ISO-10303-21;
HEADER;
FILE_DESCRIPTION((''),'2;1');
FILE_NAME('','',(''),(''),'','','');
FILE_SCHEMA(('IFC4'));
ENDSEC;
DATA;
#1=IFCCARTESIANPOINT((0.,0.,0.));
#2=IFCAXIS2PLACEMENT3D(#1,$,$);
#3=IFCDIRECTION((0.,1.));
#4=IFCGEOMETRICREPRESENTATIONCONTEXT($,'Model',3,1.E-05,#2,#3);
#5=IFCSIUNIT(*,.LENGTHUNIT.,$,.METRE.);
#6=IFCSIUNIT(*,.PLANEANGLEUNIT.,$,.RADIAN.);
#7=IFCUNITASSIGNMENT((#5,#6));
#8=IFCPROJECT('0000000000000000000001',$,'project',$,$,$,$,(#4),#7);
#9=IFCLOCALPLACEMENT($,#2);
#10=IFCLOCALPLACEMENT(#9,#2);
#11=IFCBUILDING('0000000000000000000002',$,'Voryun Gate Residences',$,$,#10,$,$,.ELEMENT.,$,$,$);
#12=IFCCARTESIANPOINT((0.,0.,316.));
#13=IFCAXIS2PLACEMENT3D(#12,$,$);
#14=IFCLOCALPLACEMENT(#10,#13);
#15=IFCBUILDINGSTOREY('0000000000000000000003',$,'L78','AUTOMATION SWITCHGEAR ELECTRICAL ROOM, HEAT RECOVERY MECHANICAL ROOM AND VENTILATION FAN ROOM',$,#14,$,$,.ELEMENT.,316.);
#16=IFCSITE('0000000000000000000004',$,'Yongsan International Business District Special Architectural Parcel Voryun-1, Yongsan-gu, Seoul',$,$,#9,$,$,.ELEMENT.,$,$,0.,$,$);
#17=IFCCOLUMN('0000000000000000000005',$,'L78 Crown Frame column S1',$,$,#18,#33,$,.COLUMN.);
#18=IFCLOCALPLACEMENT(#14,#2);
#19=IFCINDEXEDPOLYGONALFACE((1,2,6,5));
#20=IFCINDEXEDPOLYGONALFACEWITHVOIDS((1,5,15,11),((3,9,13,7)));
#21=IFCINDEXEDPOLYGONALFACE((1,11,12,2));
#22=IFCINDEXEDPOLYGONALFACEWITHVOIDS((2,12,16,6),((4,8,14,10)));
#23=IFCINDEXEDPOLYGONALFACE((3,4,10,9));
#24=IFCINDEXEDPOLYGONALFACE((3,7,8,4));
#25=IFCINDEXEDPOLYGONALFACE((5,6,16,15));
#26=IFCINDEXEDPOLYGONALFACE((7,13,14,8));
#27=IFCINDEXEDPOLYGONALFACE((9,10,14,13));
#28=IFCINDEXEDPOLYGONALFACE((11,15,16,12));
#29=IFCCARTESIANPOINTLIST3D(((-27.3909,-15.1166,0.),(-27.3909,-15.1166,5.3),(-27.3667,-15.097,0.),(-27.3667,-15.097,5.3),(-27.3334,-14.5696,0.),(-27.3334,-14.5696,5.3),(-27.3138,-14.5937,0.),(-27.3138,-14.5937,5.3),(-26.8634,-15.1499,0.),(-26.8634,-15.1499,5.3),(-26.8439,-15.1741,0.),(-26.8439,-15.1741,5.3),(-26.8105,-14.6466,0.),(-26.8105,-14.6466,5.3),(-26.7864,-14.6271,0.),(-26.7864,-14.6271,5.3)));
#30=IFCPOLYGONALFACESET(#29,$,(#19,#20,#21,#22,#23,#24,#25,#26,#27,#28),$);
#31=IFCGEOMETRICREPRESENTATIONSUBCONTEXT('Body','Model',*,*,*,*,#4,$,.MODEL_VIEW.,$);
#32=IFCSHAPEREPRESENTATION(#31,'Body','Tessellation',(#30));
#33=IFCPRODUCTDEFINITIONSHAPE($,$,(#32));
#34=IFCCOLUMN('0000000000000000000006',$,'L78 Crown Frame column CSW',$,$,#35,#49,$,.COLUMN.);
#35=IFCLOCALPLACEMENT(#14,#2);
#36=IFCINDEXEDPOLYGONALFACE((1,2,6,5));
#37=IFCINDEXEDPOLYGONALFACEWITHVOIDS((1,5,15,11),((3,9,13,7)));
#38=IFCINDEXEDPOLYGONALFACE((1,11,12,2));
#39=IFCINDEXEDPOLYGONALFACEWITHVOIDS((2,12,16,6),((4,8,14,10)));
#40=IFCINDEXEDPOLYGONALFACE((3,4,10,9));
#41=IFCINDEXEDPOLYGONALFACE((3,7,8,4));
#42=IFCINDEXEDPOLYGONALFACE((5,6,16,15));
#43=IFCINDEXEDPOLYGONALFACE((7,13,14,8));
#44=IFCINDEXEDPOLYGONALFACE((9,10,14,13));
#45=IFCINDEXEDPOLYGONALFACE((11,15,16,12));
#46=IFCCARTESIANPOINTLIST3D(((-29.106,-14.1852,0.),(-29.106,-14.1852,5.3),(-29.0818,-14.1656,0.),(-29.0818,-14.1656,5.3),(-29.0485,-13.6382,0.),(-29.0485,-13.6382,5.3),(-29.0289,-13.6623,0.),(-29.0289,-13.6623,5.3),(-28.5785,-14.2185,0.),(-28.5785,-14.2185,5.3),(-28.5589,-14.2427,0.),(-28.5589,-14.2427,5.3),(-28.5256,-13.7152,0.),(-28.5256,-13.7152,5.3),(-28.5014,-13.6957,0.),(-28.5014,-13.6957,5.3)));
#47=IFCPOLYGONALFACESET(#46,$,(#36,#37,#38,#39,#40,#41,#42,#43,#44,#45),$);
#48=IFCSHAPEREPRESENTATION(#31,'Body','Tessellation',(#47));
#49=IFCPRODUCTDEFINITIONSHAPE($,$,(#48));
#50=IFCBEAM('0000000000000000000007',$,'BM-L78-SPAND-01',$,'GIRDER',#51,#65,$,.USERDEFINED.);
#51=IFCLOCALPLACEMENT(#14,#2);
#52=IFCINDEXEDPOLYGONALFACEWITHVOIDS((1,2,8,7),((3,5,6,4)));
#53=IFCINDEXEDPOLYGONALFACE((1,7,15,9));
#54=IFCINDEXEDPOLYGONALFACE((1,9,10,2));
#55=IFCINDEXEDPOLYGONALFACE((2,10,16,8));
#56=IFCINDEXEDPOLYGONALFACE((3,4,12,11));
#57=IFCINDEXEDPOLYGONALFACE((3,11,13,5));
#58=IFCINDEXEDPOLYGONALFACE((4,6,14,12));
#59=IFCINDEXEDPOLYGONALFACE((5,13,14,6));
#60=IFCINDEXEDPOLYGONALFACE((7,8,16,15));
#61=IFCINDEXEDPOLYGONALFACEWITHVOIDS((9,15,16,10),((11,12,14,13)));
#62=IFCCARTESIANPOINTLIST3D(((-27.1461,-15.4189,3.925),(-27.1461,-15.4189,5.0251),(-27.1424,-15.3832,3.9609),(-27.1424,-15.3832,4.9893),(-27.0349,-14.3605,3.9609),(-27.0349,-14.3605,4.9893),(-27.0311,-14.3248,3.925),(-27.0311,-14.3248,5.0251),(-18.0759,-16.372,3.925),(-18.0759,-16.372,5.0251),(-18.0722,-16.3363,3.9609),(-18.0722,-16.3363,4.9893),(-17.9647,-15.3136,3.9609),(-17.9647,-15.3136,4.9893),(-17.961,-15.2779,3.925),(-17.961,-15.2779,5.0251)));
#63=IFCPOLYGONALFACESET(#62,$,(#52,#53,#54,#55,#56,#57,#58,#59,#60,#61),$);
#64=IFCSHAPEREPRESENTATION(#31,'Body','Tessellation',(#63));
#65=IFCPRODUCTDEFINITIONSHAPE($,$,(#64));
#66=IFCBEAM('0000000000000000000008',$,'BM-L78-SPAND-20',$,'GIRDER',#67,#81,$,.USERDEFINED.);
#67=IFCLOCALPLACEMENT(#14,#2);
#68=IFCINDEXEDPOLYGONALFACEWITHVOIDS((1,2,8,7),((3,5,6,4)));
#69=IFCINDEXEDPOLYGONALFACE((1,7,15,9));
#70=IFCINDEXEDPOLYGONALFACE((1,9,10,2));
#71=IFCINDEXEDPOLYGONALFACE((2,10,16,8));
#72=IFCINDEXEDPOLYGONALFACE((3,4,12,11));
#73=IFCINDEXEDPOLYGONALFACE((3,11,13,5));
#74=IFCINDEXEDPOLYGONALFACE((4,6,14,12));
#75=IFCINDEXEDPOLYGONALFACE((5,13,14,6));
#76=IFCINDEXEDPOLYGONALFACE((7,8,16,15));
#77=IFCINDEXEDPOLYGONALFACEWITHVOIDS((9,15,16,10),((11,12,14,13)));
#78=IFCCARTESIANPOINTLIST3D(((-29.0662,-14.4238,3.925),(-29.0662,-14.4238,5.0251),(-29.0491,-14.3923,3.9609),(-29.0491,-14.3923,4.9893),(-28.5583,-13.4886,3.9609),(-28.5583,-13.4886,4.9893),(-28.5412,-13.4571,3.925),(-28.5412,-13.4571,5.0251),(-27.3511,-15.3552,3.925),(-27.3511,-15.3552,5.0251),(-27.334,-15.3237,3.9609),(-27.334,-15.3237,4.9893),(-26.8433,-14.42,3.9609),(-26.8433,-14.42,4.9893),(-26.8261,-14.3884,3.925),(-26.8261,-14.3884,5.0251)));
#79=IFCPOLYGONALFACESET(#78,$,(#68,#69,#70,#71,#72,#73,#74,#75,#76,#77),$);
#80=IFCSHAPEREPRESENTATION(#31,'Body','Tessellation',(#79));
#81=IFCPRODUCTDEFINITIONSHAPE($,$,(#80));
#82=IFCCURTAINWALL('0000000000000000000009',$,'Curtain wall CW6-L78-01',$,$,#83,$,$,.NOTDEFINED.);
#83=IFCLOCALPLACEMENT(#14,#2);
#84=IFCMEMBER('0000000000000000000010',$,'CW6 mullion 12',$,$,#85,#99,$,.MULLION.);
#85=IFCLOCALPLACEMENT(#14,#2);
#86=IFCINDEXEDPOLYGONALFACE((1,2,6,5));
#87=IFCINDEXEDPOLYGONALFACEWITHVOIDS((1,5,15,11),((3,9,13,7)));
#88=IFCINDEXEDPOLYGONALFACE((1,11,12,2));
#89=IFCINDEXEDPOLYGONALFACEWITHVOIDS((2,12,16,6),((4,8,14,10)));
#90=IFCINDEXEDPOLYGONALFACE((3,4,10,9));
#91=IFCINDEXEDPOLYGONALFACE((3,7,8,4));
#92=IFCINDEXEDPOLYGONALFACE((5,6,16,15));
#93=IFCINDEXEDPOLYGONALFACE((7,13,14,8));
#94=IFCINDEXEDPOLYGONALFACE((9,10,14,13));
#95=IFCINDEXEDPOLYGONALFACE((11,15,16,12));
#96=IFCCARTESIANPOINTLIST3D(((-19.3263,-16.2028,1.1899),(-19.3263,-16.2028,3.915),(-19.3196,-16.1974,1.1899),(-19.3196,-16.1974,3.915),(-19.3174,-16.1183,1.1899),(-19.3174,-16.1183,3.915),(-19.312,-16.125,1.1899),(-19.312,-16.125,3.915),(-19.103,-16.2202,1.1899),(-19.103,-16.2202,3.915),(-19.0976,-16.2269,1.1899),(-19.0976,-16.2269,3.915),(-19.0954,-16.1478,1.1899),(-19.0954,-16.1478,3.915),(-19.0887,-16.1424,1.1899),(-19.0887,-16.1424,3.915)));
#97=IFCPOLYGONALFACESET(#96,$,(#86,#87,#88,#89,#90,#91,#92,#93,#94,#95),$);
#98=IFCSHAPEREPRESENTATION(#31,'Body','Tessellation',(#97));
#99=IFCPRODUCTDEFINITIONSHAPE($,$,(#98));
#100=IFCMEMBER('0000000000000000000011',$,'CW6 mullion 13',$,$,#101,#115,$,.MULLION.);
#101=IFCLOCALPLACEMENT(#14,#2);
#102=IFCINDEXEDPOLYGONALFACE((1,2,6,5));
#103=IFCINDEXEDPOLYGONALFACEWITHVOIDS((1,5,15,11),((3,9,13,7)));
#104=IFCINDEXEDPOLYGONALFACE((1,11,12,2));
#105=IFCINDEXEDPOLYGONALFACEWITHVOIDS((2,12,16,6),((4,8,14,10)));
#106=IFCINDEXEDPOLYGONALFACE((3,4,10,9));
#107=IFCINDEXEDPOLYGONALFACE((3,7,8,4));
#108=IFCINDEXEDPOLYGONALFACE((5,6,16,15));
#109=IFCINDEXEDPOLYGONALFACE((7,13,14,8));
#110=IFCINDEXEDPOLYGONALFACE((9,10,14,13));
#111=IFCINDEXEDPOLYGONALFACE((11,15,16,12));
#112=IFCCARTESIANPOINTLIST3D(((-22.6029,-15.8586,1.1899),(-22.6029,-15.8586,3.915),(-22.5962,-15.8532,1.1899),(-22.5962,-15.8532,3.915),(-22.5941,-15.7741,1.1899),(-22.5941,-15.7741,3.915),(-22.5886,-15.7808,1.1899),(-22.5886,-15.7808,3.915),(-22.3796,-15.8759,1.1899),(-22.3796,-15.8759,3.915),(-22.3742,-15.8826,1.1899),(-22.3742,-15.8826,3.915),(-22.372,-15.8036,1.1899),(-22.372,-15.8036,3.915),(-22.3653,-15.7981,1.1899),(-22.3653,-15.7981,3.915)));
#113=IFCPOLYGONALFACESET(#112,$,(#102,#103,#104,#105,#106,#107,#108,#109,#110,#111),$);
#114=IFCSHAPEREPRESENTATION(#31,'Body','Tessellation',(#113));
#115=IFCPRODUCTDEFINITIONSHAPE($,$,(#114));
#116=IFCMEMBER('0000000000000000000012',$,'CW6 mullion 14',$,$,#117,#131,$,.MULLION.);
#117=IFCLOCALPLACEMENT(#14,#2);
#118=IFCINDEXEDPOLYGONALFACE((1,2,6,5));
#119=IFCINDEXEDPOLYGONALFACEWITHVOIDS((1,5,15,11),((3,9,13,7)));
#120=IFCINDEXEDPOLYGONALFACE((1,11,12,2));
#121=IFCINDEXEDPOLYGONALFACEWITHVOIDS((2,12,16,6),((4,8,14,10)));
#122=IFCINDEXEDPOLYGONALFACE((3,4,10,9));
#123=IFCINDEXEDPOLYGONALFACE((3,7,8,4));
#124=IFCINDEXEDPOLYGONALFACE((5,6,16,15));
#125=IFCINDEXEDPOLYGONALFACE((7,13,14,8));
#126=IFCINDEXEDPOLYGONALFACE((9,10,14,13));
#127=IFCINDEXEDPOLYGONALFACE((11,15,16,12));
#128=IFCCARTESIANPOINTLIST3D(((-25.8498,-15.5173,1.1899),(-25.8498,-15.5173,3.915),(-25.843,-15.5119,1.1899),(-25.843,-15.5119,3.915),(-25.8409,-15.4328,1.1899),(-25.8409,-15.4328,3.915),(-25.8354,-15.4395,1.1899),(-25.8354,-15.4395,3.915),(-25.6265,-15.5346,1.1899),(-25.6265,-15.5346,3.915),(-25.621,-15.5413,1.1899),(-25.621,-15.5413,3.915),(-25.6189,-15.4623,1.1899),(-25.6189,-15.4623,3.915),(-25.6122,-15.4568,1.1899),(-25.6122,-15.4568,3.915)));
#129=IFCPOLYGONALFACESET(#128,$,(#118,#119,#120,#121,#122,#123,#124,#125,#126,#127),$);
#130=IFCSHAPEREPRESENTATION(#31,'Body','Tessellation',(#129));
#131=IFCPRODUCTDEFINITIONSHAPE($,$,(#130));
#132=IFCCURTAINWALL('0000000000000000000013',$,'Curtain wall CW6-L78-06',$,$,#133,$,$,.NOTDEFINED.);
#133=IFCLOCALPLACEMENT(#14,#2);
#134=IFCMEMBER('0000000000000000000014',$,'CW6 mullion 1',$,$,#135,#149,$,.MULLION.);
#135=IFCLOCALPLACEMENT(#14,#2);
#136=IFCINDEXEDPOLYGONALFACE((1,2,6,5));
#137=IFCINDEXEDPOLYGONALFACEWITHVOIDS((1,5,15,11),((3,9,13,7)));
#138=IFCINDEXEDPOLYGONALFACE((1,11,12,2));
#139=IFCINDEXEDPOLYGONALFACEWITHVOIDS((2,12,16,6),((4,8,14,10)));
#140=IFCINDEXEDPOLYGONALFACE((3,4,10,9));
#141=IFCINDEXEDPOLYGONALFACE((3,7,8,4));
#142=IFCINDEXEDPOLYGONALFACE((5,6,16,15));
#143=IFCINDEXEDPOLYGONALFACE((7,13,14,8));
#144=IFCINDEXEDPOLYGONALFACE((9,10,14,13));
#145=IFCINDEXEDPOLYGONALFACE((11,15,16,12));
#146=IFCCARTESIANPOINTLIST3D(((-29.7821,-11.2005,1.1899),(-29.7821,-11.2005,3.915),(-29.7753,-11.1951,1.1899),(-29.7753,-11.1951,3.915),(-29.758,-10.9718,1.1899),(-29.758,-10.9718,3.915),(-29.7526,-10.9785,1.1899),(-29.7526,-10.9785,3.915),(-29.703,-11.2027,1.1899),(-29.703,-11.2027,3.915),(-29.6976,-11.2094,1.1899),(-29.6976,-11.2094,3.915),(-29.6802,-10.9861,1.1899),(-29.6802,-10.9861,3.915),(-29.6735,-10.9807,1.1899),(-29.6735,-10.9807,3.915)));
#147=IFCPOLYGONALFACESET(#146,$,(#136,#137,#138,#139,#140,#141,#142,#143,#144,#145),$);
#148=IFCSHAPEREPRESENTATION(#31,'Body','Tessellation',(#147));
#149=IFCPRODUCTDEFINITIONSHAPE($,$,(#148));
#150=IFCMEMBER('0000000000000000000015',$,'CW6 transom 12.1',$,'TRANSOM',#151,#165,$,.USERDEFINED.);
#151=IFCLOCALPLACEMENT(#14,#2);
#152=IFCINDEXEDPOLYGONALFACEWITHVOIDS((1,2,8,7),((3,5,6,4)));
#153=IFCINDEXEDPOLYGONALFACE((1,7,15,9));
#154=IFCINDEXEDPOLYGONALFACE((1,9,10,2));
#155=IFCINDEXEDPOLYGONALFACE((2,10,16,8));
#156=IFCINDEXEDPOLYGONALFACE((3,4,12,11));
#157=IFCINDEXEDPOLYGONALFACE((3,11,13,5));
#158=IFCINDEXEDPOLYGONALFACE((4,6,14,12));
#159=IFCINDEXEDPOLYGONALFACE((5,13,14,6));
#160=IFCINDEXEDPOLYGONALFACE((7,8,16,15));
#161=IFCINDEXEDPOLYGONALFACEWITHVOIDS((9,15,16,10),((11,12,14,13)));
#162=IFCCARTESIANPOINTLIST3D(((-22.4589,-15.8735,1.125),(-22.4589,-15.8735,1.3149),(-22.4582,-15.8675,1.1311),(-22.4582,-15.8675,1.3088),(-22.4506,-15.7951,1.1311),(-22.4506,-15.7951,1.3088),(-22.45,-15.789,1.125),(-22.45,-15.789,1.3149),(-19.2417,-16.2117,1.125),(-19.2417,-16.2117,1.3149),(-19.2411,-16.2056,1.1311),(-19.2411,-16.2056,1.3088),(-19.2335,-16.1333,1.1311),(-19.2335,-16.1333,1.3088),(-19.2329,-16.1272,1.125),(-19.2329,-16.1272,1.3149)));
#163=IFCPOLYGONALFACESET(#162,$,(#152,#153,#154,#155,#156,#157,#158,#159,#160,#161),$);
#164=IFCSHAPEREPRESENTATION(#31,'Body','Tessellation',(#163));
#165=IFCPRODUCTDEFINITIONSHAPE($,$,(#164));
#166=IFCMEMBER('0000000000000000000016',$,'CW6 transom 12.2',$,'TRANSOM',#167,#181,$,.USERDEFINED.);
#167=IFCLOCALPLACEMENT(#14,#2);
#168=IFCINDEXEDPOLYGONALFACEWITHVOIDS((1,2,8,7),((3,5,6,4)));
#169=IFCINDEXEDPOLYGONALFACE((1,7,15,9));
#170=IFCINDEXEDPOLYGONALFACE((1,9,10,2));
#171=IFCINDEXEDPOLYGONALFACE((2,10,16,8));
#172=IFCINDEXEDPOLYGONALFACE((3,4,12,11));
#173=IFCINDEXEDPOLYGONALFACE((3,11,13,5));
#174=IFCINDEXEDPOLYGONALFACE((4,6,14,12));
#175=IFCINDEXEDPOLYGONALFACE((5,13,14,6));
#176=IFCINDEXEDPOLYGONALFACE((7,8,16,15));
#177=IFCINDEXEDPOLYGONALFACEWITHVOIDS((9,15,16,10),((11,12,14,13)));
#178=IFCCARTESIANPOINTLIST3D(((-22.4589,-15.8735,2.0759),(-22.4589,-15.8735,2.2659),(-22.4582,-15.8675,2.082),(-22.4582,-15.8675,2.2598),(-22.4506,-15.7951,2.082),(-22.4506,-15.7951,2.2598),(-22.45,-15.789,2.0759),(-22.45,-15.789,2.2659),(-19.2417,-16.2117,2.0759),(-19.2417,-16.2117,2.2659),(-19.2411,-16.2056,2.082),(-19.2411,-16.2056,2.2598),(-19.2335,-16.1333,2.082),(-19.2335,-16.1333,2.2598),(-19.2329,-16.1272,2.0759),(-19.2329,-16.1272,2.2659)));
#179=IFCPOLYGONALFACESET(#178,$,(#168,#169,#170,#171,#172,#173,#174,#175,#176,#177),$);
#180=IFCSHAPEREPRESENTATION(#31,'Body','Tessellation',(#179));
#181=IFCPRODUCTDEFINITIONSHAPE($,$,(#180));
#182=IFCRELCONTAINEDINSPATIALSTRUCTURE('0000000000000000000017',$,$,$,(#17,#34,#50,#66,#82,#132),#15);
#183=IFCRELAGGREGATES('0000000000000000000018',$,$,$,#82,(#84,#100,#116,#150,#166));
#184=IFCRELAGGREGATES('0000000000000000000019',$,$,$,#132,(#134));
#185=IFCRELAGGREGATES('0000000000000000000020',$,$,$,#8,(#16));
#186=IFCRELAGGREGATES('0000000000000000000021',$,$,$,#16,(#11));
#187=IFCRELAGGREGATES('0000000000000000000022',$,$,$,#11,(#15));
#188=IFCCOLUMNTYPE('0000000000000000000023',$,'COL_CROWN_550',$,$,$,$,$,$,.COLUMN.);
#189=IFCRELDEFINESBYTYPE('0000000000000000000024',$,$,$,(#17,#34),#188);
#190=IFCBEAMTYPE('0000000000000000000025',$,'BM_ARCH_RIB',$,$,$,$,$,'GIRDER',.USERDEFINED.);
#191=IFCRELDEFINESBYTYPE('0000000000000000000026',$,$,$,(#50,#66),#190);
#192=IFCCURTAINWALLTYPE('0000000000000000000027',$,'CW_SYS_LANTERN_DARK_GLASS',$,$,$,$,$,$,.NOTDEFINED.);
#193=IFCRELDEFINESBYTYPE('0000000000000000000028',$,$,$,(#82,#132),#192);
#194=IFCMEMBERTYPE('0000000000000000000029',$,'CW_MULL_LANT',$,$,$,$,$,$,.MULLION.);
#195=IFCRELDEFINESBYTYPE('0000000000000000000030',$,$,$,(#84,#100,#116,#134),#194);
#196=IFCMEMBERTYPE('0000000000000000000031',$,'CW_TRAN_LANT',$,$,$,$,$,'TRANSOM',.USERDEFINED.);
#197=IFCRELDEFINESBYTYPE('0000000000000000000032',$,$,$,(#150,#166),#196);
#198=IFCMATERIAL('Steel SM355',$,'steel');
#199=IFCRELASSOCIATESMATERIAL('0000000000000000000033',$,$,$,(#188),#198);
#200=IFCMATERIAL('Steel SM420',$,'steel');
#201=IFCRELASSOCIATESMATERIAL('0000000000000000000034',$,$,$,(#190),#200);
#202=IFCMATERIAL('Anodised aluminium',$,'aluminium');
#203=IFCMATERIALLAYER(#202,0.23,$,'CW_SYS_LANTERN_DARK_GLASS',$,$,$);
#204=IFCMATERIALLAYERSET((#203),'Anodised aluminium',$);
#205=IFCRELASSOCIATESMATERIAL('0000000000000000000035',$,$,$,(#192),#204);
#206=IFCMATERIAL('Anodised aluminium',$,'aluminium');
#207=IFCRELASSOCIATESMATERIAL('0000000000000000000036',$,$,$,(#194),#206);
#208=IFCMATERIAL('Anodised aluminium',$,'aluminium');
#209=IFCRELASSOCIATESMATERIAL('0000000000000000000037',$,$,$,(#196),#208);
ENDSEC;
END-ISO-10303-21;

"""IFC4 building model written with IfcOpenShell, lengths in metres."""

from ifc_helpers import new_model, si_unit, direction, frame, origin, origin_2d, place, context, subcontext, project, spatial, hollow_rectangle, extrude, material, layer, layer_set, material_profile, profile_set, type_object, element, aggregate, save


model = new_model("IFC4")

# Units and contexts
model_context = context("Model", 3, precision=1e-05, world=origin(), true_north=direction((0.0, 1.0)))
body_context = subcontext(model_context, "Body", "Model", "MODEL_VIEW")
ifc_project = project(units=[si_unit("LENGTHUNIT", "METRE"), si_unit("PLANEANGLEUNIT", "RADIAN")], contexts=[model_context])

# Site, building, storey
site_placement = place(None, origin())
site = spatial("IfcSite", under=ifc_project, at=site_placement, Name="Yongsan International Business District Special Architectural Parcel Voryun-1, Yongsan-gu, Seoul", CompositionType="ELEMENT", RefElevation=0.0)
building_placement = place(site_placement, origin())
building = spatial("IfcBuilding", under=site, at=building_placement, Name="Voryun Gate Residences", CompositionType="ELEMENT")
storey_placement = place(building_placement, frame((0.0, 0.0, 316.0)))
storey = spatial("IfcBuildingStorey", under=building, at=storey_placement, Name="L78", Description="AUTOMATION SWITCHGEAR ELECTRICAL ROOM, HEAT RECOVERY MECHANICAL ROOM AND VENTILATION FAN ROOM", CompositionType="ELEMENT", Elevation=316.0)

# Columns
ifc_material_1 = material(Name="Steel SM355", Category="steel")
ifc_material_profile_1 = material_profile(ifc_material_1, hollow_rectangle(XDim=0.55, YDim=0.55, WallThickness=0.022, at=origin_2d()), Name="BOX-550x550x22")
ifc_profile_set_1 = profile_set([ifc_material_profile_1], Name="Steel SM355")
column_type = type_object("IfcColumnType", Name="COL_CROWN_550", PredefinedType="COLUMN", material=ifc_profile_set_1)
for number, where, z_axis, x_axis, name in (
    (1, (-27.0886, -14.8718, 0.0), (0.0, 0.0, 1.0), (0.994522, -0.104528, 0.0), "L78 Crown Frame column S1"),
    (2, (-28.8037, -13.9404, 0.0), (0.0, 0.0, 1.0), (0.994522, -0.104528, 0.0), "L78 Crown Frame column CSW"),
):
    element("IfcColumn", number, at=place(storey_placement, frame(where, z_axis=z_axis, x_axis=x_axis)), inside=storey, type_object=column_type, Name=name, PredefinedType="COLUMN", context=body_context, shape_type="SweptSolid", body=[
        extrude(hollow_rectangle(XDim=0.55, YDim=0.55, WallThickness=0.022, at=origin_2d()), origin(), (0.0, 0.0, 1.0), 5.3),
    ])

# Beams
ifc_material_2 = material(Name="Steel SM420", Category="steel")
ifc_material_profile_2 = material_profile(ifc_material_2, hollow_rectangle(XDim=1.1001, YDim=1.1001, WallThickness=0.0359, at=origin_2d()), Name="BOX-1100x1100x36")
ifc_profile_set_2 = profile_set([ifc_material_profile_2], Name="Steel SM420")
beam_type = type_object("IfcBeamType", Name="BM_ARCH_RIB", ElementType="GIRDER", PredefinedType="USERDEFINED", material=ifc_profile_set_2)
beam_1_placement = place(storey_placement, frame((-27.0886, -14.8718, 4.4751), z_axis=(0.994524, -0.104509, 0.0), x_axis=(0.104509, 0.994524, 0.0)))
element("IfcBeam", 3, at=beam_1_placement, inside=storey, type_object=beam_type, Name="BM-L78-SPAND-01", ObjectType="GIRDER", PredefinedType="USERDEFINED", context=body_context, shape_type="SweptSolid", body=[
    extrude(hollow_rectangle(XDim=1.1001, YDim=1.1001, WallThickness=0.0359, at=origin_2d()), origin(), (0.0, 0.0, 1.0), 9.1201),
])
beam_2_placement = place(storey_placement, frame((-28.8037, -13.9404, 4.4751), z_axis=(0.878778, -0.47723, 0.0), x_axis=(0.47723, 0.878778, 0.0)))
element("IfcBeam", 4, at=beam_2_placement, inside=storey, type_object=beam_type, Name="BM-L78-SPAND-20", ObjectType="GIRDER", PredefinedType="USERDEFINED", context=body_context, shape_type="SweptSolid", body=[
    extrude(hollow_rectangle(XDim=1.1001, YDim=1.1001, WallThickness=0.0359, at=origin_2d()), origin(), (0.0, 0.0, 1.0), 1.9517),
])

# Curtain wall, members
ifc_material_3 = material(Name="Anodised aluminium", Category="aluminium")
ifc_layer_1 = layer(ifc_material_3, 0.23, Name="CW_SYS_LANTERN_DARK_GLASS")
ifc_layer_set_1 = layer_set([ifc_layer_1], Name="Anodised aluminium")
curtain_wall_type = type_object("IfcCurtainWallType", Name="CW_SYS_LANTERN_DARK_GLASS", PredefinedType="NOTDEFINED", material=ifc_layer_set_1)
curtain_wall_1_placement = place(storey_placement, origin())
curtain_wall_1 = element("IfcCurtainWall", 5, at=curtain_wall_1_placement, inside=storey, type_object=curtain_wall_type, Name="Curtain wall CW6-L78-01", PredefinedType="NOTDEFINED")
ifc_material_4 = material(Name="Anodised aluminium", Category="aluminium")
ifc_material_profile_3 = material_profile(ifc_material_4, hollow_rectangle(XDim=0.085, YDim=0.23, WallThickness=0.0061, at=origin_2d()), Name="ALU-MULL-230x85x6")
ifc_profile_set_3 = profile_set([ifc_material_profile_3], Name="Anodised aluminium")
member_type_1 = type_object("IfcMemberType", Name="CW_MULL_LANT", PredefinedType="MULLION", material=ifc_profile_set_3)
member_1_placement = place(storey_placement, frame((-19.2075, -16.1726, 1.1899), z_axis=(0.0, 0.0, 1.0), x_axis=(-0.104528, -0.994522, 0.0)))
member_1 = element("IfcMember", 6, at=member_1_placement, type_object=member_type_1, Name="CW6 mullion 12", PredefinedType="MULLION", context=body_context, shape_type="SweptSolid", body=[
    extrude(hollow_rectangle(XDim=0.085, YDim=0.23, WallThickness=0.0061, at=origin_2d()), origin(), (0.0, 0.0, 1.0), 2.7251),
])
member_2_placement = place(storey_placement, frame((-22.4841, -15.8284, 1.1899), z_axis=(0.0, 0.0, 1.0), x_axis=(-0.104528, -0.994522, 0.0)))
member_2 = element("IfcMember", 7, at=member_2_placement, type_object=member_type_1, Name="CW6 mullion 13", PredefinedType="MULLION", context=body_context, shape_type="SweptSolid", body=[
    extrude(hollow_rectangle(XDim=0.085, YDim=0.23, WallThickness=0.0061, at=origin_2d()), origin(), (0.0, 0.0, 1.0), 2.7251),
])
member_3_placement = place(storey_placement, frame((-25.731, -15.4871, 1.1899), z_axis=(0.0, 0.0, 1.0), x_axis=(-0.104528, -0.994522, 0.0)))
member_3 = element("IfcMember", 8, at=member_3_placement, type_object=member_type_1, Name="CW6 mullion 14", PredefinedType="MULLION", context=body_context, shape_type="SweptSolid", body=[
    extrude(hollow_rectangle(XDim=0.085, YDim=0.23, WallThickness=0.0061, at=origin_2d()), origin(), (0.0, 0.0, 1.0), 2.7251),
])

# Curtain wall, member
curtain_wall_2_placement = place(storey_placement, origin())
curtain_wall_2 = element("IfcCurtainWall", 9, at=curtain_wall_2_placement, inside=storey, type_object=curtain_wall_type, Name="Curtain wall CW6-L78-06", PredefinedType="NOTDEFINED")
member_4_placement = place(storey_placement, frame((-29.7278, -11.0906, 1.1899), z_axis=(0.0, 0.0, 1.0), x_axis=(-0.994522, 0.104528, 0.0)))
member_4 = element("IfcMember", 10, at=member_4_placement, type_object=member_type_1, Name="CW6 mullion 1", PredefinedType="MULLION", context=body_context, shape_type="SweptSolid", body=[
    extrude(hollow_rectangle(XDim=0.085, YDim=0.23, WallThickness=0.0061, at=origin_2d()), origin(), (0.0, 0.0, 1.0), 2.7251),
])

# Members
ifc_material_5 = material(Name="Anodised aluminium", Category="aluminium")
ifc_material_profile_4 = material_profile(ifc_material_5, hollow_rectangle(XDim=0.085, YDim=0.1899, WallThickness=0.0061, at=origin_2d()), Name="ALU-TRAN-190x85x6")
ifc_profile_set_4 = profile_set([ifc_material_profile_4], Name="Anodised aluminium")
member_type_2 = type_object("IfcMemberType", Name="CW_TRAN_LANT", ElementType="TRANSOM", PredefinedType="USERDEFINED", material=ifc_profile_set_4)
member_5_placement = place(storey_placement, frame((-19.2373, -16.1694, 1.22), z_axis=(-0.994522, 0.104532, 0.0), x_axis=(-0.104532, -0.994522, 0.0)))
member_5 = element("IfcMember", 11, at=member_5_placement, type_object=member_type_2, Name="CW6 transom 12.1", ObjectType="TRANSOM", PredefinedType="USERDEFINED", context=body_context, shape_type="SweptSolid", body=[
    extrude(hollow_rectangle(XDim=0.085, YDim=0.1899, WallThickness=0.0061, at=origin_2d()), origin(), (0.0, 0.0, 1.0), 3.2349),
])
member_6_placement = place(storey_placement, frame((-19.2373, -16.1694, 2.1709), z_axis=(-0.994522, 0.104532, 0.0), x_axis=(-0.104532, -0.994522, 0.0)))
member_6 = element("IfcMember", 12, at=member_6_placement, type_object=member_type_2, Name="CW6 transom 12.2", ObjectType="TRANSOM", PredefinedType="USERDEFINED", context=body_context, shape_type="SweptSolid", body=[
    extrude(hollow_rectangle(XDim=0.085, YDim=0.1899, WallThickness=0.0061, at=origin_2d()), origin(), (0.0, 0.0, 1.0), 3.2349),
])

aggregate(curtain_wall_1, [member_1, member_2, member_3, member_5, member_6])
aggregate(curtain_wall_2, [member_4])

save(model, "model.ifc")
